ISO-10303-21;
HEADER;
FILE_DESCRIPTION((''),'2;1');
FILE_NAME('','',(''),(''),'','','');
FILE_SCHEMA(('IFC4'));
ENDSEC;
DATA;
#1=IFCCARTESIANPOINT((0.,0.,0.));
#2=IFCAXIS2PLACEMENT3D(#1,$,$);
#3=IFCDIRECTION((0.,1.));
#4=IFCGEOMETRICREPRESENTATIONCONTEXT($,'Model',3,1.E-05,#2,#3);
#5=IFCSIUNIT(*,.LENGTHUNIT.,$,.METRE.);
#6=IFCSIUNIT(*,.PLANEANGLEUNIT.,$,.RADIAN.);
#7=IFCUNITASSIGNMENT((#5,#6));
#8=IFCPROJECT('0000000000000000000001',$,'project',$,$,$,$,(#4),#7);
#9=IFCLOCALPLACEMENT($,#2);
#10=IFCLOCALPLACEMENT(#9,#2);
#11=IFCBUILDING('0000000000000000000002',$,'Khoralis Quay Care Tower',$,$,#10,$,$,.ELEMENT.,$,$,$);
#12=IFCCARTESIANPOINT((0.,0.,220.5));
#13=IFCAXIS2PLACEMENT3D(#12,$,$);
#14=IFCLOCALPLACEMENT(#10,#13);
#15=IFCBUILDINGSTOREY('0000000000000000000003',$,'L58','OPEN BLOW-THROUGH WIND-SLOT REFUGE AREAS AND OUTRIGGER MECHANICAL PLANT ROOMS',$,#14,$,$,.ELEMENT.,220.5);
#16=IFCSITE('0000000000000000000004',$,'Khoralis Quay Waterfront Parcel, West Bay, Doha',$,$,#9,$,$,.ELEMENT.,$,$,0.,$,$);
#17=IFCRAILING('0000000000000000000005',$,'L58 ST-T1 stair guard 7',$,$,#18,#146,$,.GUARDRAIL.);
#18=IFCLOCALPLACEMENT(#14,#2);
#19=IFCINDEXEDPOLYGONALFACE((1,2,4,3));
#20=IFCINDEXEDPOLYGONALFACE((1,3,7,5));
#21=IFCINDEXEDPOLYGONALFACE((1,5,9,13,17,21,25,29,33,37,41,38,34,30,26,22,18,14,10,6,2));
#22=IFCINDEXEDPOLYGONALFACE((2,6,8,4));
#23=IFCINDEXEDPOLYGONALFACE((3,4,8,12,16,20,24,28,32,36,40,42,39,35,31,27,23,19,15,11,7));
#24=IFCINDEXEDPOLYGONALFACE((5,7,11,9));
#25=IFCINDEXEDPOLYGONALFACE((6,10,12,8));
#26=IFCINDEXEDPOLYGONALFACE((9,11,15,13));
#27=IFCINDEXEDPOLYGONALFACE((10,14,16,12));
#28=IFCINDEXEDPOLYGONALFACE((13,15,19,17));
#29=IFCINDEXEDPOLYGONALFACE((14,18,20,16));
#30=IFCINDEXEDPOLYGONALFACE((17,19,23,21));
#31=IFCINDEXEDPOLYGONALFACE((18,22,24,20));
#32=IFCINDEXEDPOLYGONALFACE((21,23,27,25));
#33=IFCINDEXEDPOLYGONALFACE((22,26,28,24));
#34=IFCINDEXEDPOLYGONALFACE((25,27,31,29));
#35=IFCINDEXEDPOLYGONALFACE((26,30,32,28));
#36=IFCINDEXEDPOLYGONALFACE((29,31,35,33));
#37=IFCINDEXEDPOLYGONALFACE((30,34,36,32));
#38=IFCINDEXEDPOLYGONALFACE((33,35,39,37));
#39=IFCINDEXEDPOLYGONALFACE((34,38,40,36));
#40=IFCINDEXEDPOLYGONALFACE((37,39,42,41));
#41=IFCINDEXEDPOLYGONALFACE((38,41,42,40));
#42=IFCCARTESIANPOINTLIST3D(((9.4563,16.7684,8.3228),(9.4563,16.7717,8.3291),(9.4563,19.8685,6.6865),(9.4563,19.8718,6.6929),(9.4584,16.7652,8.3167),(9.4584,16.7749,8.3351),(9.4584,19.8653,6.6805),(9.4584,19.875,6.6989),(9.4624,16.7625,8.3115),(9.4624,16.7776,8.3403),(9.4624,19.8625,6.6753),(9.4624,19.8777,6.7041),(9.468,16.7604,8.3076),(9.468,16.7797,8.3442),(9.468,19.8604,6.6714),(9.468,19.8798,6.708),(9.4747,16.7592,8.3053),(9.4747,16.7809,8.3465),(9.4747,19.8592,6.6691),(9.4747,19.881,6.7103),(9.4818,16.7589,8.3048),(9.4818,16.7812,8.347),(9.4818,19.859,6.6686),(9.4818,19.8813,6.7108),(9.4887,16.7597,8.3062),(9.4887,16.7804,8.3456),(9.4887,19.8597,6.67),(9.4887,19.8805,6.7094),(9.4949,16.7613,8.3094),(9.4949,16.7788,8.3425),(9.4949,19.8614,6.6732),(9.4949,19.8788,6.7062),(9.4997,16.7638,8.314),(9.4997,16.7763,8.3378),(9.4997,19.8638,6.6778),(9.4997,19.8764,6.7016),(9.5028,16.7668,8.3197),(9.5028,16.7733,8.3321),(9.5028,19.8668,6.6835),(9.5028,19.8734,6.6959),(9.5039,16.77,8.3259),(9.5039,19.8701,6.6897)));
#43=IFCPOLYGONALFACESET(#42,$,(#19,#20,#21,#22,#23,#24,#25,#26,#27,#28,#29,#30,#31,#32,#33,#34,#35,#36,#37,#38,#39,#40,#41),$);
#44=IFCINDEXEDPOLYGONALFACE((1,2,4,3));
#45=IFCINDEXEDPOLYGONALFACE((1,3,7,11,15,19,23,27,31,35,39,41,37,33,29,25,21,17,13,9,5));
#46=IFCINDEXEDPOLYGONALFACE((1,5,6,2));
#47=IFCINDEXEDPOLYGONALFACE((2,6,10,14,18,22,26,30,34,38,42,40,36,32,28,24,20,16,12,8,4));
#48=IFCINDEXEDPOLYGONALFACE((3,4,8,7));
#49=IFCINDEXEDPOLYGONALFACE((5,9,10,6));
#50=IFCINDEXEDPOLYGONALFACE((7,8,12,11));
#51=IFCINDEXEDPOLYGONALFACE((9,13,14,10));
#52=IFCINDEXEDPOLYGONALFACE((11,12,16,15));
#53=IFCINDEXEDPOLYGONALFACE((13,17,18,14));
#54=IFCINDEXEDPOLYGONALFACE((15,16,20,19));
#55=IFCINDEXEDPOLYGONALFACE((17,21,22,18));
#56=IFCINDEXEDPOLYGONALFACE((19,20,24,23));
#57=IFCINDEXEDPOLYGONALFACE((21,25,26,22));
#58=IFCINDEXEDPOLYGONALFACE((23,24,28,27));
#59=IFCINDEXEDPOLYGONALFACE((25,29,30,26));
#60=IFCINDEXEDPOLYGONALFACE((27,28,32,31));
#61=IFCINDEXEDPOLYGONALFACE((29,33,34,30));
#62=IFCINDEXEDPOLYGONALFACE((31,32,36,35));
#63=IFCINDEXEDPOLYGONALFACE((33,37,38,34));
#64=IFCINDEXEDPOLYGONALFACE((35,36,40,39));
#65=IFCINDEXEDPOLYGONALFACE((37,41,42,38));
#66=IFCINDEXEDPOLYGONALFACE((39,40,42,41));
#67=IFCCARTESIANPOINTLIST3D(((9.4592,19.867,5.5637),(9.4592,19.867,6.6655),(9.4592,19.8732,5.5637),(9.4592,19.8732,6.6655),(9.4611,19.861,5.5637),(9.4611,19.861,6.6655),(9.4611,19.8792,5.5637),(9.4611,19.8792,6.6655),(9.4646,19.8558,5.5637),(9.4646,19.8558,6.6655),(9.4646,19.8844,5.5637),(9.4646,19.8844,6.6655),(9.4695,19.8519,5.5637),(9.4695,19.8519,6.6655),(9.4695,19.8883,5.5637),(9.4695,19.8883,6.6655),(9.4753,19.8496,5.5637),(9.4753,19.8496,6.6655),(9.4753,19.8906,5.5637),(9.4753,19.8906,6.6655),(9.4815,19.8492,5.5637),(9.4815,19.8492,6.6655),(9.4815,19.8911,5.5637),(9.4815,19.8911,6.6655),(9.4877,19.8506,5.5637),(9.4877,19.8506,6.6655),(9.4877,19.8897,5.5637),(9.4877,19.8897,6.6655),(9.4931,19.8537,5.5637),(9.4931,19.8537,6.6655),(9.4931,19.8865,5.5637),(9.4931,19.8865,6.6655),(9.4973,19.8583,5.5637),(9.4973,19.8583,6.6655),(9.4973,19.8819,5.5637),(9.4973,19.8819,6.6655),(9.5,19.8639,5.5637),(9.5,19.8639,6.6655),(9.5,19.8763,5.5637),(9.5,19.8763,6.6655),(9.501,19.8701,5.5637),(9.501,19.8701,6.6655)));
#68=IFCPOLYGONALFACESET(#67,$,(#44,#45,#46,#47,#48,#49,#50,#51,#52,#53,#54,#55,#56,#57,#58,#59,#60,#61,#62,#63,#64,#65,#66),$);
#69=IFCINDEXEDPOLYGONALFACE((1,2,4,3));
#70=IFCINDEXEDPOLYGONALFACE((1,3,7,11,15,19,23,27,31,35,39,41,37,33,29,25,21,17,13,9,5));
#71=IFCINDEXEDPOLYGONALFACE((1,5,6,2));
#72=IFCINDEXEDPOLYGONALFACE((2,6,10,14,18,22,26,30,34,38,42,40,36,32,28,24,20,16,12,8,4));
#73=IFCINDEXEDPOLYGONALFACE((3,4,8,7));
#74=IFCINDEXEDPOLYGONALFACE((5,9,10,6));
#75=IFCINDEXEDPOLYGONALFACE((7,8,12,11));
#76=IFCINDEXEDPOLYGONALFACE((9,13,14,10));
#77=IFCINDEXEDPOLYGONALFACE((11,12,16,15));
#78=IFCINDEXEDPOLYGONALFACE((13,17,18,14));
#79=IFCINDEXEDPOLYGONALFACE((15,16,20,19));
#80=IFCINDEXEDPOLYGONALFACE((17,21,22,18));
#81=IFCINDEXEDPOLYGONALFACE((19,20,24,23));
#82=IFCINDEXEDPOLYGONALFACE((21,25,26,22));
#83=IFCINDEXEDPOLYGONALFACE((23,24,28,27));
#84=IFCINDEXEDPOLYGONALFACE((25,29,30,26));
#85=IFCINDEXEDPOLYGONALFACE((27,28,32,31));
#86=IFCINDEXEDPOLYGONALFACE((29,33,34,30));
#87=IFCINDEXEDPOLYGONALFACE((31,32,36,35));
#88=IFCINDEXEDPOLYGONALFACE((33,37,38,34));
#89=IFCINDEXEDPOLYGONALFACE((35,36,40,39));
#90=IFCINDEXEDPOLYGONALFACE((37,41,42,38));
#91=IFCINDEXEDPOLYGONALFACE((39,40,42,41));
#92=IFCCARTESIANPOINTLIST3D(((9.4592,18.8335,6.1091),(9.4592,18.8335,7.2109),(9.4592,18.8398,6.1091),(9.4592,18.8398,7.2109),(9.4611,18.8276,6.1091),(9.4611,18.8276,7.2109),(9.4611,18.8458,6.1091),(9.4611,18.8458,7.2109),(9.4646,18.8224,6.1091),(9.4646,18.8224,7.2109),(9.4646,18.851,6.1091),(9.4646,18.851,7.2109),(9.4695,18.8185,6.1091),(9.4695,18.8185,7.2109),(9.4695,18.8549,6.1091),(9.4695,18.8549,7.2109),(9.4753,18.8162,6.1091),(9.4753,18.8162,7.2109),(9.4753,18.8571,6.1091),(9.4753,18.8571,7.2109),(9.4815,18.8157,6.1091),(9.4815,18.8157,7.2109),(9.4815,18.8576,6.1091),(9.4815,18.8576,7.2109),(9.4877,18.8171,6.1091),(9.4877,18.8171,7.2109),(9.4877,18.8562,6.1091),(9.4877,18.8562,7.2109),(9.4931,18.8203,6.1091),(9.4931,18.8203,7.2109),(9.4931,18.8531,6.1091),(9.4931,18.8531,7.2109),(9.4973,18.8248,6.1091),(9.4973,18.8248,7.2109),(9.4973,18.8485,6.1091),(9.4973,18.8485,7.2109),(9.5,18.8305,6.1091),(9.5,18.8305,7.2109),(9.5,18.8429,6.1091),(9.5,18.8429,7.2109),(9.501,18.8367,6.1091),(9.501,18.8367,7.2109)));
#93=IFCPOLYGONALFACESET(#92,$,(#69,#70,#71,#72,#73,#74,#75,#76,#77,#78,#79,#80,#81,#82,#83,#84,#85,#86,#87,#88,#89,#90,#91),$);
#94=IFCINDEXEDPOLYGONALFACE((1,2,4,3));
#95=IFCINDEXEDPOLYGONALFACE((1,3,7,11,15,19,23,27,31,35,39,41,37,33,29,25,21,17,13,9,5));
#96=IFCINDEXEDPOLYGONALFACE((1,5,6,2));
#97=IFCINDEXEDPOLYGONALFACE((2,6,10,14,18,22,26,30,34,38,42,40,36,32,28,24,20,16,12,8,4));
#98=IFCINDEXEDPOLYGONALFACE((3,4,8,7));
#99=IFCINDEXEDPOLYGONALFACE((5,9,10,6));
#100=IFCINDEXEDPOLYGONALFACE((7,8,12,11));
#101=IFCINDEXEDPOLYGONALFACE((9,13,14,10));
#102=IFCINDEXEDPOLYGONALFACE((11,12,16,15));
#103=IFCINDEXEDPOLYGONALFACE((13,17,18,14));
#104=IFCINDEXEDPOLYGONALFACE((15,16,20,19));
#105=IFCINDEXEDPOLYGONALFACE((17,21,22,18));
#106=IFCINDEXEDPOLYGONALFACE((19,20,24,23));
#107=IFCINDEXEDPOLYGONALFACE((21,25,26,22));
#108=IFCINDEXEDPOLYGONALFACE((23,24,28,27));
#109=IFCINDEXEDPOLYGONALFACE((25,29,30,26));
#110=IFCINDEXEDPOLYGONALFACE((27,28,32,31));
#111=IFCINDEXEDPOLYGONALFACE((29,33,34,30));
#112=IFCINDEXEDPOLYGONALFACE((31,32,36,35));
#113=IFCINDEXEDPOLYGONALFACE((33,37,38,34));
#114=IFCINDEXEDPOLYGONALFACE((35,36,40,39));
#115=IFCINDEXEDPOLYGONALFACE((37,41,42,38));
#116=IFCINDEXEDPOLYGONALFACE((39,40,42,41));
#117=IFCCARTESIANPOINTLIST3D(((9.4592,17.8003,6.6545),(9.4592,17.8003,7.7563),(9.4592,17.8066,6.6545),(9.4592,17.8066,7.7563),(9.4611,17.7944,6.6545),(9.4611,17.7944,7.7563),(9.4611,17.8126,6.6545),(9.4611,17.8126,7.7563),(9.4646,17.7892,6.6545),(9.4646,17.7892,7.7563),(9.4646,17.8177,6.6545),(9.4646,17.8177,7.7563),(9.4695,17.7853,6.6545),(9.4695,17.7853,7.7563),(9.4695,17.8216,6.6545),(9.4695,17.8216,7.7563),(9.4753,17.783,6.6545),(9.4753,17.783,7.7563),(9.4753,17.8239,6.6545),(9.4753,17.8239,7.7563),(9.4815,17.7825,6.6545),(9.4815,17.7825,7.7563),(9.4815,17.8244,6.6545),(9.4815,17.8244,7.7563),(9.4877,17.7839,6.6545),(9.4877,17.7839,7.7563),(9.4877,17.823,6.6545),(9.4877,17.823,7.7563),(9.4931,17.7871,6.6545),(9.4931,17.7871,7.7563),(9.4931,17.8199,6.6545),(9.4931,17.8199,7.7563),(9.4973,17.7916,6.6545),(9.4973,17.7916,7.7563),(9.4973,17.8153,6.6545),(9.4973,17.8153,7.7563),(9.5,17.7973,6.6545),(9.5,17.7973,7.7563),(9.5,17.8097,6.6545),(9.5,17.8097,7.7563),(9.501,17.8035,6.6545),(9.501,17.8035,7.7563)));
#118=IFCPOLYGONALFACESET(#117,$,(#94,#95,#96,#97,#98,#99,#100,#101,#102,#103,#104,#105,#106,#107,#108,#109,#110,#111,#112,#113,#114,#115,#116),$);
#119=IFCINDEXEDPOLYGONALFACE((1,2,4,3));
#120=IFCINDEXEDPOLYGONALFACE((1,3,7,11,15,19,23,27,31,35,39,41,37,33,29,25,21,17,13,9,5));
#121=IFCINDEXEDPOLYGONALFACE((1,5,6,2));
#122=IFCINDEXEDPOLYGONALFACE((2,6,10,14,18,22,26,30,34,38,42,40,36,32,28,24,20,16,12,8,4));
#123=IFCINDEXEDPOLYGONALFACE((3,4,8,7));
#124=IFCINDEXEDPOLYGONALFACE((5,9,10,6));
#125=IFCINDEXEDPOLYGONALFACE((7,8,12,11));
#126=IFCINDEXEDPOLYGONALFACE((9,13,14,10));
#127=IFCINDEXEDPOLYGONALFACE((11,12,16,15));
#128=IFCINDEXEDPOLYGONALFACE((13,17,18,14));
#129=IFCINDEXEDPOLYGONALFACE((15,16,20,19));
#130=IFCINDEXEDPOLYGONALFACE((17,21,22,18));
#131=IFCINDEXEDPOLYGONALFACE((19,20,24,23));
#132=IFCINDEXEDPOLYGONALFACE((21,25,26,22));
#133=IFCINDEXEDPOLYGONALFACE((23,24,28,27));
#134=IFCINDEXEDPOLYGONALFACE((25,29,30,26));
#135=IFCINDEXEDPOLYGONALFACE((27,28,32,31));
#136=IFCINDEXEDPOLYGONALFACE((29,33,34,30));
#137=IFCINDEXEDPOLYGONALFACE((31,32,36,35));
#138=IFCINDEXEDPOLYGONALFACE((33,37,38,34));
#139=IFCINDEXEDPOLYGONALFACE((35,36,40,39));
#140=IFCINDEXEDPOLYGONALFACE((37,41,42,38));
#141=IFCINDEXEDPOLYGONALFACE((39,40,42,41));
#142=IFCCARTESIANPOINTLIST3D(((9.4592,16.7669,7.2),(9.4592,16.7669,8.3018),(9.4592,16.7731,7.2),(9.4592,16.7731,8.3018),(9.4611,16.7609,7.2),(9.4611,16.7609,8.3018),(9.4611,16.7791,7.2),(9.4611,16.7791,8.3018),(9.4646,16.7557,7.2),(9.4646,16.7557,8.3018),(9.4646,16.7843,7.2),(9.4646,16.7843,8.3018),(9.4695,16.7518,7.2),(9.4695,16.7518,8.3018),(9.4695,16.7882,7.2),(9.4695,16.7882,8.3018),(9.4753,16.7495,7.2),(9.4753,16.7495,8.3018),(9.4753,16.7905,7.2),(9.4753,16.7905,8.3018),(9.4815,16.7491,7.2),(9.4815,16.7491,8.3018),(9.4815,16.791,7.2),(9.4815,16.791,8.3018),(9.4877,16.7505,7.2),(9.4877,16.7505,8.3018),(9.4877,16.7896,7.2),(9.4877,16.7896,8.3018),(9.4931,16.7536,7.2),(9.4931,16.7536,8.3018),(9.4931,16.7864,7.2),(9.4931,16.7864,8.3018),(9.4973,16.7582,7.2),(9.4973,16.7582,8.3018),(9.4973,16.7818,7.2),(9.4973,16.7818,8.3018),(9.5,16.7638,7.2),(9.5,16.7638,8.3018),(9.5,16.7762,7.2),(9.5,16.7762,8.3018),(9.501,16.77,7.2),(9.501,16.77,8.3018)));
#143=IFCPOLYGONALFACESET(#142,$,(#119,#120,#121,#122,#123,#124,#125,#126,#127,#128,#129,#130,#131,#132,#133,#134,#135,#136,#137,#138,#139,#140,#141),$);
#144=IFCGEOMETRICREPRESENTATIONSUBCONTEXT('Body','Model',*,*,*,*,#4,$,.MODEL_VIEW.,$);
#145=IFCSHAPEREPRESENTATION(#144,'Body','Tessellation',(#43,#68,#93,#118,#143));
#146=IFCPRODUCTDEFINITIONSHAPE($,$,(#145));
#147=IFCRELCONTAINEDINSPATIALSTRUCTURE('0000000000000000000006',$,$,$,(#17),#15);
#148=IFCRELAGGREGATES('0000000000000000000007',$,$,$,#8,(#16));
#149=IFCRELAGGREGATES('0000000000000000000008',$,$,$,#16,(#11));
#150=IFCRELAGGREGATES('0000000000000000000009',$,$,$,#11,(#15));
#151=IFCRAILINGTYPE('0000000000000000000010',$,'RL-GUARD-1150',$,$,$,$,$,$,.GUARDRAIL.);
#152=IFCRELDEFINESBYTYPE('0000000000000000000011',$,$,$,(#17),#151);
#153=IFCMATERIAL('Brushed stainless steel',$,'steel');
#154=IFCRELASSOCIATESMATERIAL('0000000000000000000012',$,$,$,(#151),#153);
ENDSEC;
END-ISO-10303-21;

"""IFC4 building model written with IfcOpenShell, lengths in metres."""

from ifc_helpers import new_model, si_unit, direction, frame, origin, origin_2d, place, context, subcontext, project, spatial, circle, extrude, material, type_object, element, save


model = new_model("IFC4")

# Units and contexts
model_context = context("Model", 3, precision=1e-05, world=origin(), true_north=direction((0.0, 1.0)))
body_context = subcontext(model_context, "Body", "Model", "MODEL_VIEW")
ifc_project = project(units=[si_unit("LENGTHUNIT", "METRE"), si_unit("PLANEANGLEUNIT", "RADIAN")], contexts=[model_context])

# Site, building, storey
site_placement = place(None, origin())
site = spatial("IfcSite", under=ifc_project, at=site_placement, Name="Khoralis Quay Waterfront Parcel, West Bay, Doha", CompositionType="ELEMENT", RefElevation=0.0)
building_placement = place(site_placement, origin())
building = spatial("IfcBuilding", under=site, at=building_placement, Name="Khoralis Quay Care Tower", CompositionType="ELEMENT")
storey_placement = place(building_placement, frame((0.0, 0.0, 220.5)))
storey = spatial("IfcBuildingStorey", under=building, at=storey_placement, Name="L58", Description="OPEN BLOW-THROUGH WIND-SLOT REFUGE AREAS AND OUTRIGGER MECHANICAL PLANT ROOMS", CompositionType="ELEMENT", Elevation=220.5)

# Railing
ifc_material_1 = material(Name="Brushed stainless steel", Category="steel")
railing_type_1 = type_object("IfcRailingType", Name="RL-GUARD-1150", PredefinedType="GUARDRAIL", material=ifc_material_1)
railing_1_placement = place(storey_placement, frame((9.48, 19.8701, 5.5637)))
element("IfcRailing", 1, at=railing_1_placement, inside=storey, type_object=railing_type_1, Name="L58 ST-T1 stair guard 7", PredefinedType="GUARDRAIL", context=body_context, shape_type="SweptSolid", body=[
    extrude(circle(Radius=0.0239, at=origin_2d()), frame((0.0, 0.0, 1.126), z_axis=(0.0, -0.884377, 0.466774), x_axis=(1.0, 0.0, 0.0)), (0.0, 0.0, 1.0), 3.5054),
    extrude(circle(Radius=0.021, at=origin_2d()), origin(), (0.0, 0.0, 1.0), 1.1018),
    extrude(circle(Radius=0.021, at=origin_2d()), frame((0.0, -1.0334, 0.5454)), (0.0, 0.0, 1.0), 1.1018),
    extrude(circle(Radius=0.021, at=origin_2d()), frame((0.0, -2.0667, 1.0908)), (0.0, 0.0, 1.0), 1.1018),
    extrude(circle(Radius=0.021, at=origin_2d()), frame((0.0, -3.1001, 1.6362)), (0.0, 0.0, 1.0), 1.1018),
])

save(model, "model.ifc")
